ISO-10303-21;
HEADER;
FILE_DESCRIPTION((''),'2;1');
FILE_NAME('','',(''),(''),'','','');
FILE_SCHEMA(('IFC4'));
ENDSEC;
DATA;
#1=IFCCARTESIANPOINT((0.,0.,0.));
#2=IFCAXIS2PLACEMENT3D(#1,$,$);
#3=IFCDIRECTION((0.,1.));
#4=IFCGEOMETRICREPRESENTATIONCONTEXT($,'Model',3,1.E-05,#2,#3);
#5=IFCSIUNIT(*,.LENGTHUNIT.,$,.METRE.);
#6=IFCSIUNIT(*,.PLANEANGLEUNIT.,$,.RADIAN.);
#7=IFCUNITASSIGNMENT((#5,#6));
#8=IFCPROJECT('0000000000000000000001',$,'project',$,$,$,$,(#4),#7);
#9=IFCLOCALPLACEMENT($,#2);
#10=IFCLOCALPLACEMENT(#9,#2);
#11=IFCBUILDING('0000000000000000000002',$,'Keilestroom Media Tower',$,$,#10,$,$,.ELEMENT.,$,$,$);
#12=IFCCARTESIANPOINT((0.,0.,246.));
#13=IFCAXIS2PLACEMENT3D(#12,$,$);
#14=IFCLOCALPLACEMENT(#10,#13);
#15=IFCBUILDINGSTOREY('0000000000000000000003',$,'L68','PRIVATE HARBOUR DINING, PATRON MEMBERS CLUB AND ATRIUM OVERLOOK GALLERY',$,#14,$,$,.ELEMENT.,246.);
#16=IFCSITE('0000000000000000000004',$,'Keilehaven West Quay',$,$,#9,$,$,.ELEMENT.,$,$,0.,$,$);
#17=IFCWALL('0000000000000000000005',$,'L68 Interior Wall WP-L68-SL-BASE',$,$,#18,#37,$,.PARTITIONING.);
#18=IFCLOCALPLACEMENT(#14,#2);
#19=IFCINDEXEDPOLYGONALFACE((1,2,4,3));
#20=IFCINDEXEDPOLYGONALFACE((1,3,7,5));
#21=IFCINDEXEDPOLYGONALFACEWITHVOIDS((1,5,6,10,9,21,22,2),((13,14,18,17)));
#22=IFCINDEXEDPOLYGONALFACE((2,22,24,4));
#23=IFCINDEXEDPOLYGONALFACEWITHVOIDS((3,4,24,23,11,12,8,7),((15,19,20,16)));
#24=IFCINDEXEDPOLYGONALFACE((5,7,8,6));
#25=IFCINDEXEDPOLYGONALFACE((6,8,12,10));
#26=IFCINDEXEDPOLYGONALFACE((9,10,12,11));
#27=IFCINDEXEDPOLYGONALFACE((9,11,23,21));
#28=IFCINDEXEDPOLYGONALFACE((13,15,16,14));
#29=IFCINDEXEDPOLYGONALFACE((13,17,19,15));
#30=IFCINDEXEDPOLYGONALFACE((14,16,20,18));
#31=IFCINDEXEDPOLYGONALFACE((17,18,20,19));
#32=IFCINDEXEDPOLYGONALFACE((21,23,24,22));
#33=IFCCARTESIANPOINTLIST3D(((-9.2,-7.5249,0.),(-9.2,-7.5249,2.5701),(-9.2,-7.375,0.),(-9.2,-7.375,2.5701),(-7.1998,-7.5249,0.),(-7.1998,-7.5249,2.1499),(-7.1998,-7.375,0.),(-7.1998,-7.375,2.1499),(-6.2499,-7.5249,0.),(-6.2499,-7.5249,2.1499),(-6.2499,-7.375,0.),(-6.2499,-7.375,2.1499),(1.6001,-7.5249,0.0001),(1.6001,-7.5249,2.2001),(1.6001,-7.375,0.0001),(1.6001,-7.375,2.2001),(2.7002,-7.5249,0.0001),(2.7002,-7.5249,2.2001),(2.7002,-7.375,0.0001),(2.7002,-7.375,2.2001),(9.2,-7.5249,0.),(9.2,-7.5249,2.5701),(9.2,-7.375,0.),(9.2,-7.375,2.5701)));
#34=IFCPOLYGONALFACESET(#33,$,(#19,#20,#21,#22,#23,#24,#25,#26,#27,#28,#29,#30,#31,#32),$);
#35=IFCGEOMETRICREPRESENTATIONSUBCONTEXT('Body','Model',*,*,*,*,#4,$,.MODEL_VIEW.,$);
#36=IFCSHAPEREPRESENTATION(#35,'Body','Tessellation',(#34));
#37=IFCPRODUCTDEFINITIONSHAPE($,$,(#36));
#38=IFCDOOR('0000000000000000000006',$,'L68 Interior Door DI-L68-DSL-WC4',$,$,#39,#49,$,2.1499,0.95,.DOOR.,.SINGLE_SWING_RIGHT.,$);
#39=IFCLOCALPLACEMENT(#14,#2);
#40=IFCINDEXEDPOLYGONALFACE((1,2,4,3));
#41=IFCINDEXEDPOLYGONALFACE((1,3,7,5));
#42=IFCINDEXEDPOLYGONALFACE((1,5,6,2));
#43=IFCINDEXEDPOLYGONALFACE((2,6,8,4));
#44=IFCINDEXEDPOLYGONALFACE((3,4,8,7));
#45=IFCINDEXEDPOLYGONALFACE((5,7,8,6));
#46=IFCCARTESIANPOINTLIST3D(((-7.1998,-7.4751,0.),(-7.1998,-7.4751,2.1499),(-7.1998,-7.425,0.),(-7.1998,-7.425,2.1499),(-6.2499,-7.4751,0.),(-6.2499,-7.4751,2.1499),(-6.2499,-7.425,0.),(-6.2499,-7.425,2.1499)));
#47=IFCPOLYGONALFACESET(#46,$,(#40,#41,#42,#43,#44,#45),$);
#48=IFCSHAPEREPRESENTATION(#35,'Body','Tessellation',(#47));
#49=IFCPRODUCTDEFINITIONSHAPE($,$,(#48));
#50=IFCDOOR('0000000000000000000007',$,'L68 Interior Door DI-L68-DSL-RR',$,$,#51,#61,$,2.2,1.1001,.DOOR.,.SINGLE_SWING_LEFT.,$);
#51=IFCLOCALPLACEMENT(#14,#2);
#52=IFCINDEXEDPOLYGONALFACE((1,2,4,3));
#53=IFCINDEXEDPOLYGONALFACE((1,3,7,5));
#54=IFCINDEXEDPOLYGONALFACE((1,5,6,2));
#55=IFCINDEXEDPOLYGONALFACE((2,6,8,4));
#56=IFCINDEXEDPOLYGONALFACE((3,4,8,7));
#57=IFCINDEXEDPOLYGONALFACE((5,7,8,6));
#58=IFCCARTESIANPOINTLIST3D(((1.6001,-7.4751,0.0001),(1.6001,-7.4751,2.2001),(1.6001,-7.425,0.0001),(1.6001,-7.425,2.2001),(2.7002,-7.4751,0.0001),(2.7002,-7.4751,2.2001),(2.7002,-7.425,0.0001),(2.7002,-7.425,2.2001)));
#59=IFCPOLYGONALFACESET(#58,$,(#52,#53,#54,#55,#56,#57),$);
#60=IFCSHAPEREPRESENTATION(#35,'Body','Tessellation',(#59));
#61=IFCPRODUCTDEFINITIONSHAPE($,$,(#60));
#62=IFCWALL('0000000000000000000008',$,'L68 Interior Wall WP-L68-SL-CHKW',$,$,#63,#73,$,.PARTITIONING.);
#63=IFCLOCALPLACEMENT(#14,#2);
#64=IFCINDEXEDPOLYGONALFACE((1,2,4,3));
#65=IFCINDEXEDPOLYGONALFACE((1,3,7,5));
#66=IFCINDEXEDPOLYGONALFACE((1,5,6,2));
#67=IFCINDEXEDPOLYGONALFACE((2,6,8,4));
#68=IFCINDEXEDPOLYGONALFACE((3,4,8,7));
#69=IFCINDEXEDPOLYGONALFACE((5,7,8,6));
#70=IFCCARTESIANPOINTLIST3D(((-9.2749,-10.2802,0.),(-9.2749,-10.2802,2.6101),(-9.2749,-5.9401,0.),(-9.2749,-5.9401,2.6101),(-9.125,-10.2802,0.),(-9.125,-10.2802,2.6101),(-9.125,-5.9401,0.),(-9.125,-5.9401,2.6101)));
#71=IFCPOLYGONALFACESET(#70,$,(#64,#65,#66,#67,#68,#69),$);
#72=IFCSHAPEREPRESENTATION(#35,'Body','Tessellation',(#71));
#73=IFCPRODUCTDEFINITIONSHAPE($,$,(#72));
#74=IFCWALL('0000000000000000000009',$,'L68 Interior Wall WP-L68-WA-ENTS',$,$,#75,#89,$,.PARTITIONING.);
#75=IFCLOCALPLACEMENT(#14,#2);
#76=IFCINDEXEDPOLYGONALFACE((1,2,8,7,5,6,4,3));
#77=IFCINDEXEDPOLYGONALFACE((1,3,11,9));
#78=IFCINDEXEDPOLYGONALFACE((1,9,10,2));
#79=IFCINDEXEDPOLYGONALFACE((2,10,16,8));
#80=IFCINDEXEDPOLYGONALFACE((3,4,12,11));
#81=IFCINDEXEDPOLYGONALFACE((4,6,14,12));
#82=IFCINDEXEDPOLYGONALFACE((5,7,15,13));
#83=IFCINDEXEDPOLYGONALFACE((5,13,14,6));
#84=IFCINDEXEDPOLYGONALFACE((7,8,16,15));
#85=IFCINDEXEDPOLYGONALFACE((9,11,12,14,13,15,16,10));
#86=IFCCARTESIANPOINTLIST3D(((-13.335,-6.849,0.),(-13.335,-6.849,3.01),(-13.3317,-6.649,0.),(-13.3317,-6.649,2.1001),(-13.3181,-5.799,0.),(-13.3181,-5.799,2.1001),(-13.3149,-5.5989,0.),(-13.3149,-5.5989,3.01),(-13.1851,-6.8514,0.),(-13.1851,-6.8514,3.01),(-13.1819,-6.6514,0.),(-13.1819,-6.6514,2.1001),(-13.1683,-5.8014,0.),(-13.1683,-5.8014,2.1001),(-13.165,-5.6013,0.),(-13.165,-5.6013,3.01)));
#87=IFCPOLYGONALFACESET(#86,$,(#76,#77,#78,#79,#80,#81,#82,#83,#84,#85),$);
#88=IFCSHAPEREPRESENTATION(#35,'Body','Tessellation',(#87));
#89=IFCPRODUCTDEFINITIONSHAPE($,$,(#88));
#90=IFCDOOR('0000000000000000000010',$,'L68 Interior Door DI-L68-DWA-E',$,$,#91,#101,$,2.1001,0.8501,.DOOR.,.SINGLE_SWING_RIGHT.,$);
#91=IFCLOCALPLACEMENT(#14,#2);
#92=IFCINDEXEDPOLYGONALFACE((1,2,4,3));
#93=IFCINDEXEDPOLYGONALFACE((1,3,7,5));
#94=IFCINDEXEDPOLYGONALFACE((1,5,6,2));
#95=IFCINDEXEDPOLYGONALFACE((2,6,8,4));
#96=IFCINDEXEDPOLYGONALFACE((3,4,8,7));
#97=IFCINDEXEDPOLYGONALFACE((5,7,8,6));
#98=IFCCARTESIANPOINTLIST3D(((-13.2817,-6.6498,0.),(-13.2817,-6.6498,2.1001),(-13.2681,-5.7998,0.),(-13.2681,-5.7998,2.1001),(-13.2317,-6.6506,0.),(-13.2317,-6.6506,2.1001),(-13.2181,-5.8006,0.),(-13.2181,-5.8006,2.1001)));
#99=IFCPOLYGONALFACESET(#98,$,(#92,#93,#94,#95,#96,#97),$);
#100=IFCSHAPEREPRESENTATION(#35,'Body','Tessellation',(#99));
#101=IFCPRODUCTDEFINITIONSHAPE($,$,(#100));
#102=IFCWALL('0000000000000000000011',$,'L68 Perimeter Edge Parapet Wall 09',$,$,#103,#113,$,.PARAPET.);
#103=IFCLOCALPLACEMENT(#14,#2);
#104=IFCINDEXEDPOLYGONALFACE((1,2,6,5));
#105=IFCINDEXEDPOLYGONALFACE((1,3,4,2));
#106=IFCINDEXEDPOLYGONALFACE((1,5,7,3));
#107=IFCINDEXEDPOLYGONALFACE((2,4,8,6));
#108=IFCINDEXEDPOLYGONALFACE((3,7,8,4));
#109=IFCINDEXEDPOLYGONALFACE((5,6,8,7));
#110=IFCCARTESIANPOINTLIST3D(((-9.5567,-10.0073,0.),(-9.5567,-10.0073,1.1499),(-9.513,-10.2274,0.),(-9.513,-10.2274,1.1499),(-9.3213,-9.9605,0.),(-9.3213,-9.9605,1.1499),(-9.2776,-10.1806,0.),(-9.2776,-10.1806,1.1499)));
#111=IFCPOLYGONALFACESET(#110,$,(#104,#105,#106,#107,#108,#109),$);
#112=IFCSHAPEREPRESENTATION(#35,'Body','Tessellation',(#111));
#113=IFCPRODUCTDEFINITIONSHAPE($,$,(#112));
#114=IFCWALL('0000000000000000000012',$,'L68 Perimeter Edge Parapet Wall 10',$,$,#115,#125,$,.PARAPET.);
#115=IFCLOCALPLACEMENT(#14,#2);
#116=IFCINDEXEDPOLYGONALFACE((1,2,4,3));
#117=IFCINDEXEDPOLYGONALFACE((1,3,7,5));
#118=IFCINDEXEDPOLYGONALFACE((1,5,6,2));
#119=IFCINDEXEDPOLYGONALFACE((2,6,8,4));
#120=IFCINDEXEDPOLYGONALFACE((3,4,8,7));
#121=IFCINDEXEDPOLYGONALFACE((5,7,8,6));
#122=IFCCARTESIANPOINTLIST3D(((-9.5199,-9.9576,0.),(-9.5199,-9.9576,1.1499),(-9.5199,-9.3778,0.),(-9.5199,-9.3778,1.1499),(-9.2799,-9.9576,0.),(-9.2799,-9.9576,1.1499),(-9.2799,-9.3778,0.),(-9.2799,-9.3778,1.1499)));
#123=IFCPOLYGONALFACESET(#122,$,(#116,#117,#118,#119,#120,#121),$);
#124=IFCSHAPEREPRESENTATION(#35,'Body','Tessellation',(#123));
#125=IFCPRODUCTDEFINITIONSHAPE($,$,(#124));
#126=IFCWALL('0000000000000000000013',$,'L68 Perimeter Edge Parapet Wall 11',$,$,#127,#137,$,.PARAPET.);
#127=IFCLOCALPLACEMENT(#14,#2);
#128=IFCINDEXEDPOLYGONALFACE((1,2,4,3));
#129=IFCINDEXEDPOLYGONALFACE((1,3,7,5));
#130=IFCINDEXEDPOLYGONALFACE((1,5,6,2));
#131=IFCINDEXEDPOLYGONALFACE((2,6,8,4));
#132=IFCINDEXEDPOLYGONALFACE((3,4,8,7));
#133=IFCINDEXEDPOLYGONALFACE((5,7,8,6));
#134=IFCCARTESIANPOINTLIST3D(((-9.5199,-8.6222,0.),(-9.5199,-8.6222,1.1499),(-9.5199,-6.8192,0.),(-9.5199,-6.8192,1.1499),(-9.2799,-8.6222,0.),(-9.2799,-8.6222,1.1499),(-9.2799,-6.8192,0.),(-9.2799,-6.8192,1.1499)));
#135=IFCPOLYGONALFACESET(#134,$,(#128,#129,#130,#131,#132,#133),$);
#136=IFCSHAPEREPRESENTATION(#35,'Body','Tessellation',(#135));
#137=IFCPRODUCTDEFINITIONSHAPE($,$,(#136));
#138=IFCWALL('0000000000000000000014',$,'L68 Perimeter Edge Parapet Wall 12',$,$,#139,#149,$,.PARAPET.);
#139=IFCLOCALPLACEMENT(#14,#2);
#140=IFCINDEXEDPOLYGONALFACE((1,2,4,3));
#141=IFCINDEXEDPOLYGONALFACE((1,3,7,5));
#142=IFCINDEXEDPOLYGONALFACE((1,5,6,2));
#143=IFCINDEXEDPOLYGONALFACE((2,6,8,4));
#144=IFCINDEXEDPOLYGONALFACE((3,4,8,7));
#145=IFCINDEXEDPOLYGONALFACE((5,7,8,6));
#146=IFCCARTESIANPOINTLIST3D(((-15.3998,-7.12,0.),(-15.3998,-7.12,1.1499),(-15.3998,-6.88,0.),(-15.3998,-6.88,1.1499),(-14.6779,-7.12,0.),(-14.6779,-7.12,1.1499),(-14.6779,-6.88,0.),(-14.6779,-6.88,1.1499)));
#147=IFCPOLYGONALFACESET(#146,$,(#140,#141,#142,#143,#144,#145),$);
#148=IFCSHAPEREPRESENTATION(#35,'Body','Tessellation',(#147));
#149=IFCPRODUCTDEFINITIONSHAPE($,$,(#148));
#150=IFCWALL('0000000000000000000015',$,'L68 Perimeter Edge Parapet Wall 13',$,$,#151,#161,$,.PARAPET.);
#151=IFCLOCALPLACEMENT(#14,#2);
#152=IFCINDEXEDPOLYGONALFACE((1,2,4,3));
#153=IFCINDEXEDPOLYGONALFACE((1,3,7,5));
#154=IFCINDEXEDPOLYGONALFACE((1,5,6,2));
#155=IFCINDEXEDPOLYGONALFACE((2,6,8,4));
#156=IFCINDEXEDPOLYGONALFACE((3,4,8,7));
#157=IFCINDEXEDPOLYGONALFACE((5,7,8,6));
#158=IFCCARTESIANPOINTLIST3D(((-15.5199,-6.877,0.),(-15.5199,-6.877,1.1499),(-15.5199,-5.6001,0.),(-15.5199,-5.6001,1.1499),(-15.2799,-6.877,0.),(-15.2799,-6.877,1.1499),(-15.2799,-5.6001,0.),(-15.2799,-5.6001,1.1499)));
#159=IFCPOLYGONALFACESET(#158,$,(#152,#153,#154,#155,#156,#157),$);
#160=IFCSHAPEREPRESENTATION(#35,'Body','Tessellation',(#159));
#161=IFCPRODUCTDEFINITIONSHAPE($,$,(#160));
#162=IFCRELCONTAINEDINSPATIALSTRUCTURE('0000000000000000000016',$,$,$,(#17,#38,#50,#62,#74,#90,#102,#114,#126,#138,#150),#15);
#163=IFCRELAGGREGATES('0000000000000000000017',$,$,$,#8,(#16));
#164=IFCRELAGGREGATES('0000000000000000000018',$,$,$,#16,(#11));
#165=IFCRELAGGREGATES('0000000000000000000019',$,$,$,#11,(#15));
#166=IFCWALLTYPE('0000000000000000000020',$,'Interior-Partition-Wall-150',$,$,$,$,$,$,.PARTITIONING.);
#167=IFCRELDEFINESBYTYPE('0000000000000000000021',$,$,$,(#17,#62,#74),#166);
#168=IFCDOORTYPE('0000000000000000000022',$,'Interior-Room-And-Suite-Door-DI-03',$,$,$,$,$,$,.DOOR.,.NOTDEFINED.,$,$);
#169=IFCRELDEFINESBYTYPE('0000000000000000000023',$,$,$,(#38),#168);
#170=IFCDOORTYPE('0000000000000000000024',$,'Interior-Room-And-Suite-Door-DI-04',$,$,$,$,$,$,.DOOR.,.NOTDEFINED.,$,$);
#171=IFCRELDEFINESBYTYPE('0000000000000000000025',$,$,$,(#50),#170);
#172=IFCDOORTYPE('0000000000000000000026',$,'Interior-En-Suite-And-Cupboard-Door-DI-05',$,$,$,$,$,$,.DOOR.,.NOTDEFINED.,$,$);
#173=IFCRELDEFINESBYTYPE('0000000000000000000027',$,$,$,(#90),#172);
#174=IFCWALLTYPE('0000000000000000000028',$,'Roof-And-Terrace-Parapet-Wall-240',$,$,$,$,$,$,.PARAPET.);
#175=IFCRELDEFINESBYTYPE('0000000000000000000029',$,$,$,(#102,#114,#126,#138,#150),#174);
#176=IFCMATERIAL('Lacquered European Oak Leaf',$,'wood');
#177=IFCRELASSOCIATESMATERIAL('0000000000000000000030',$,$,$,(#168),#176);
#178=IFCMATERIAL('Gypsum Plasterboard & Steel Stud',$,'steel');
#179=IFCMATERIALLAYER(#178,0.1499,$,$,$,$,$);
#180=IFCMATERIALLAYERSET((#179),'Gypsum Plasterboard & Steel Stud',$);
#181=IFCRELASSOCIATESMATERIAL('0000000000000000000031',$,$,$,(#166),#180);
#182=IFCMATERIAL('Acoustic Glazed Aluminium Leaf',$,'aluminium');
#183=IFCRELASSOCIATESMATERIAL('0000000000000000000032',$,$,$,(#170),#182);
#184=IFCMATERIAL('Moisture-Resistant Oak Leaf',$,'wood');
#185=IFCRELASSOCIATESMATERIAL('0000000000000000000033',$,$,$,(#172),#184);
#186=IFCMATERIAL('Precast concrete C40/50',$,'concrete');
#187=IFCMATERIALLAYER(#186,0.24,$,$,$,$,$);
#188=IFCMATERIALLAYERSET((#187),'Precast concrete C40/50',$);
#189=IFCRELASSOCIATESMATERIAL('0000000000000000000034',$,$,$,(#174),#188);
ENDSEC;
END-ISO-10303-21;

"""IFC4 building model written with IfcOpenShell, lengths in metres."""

from ifc_helpers import new_model, si_unit, direction, frame, frame_2d, origin, place, context, subcontext, project, spatial, rectangle, extrude, source, transform, mapped, material, layer, layer_set, type_object, element, fill, save


model = new_model("IFC4")

# Units and contexts
model_context = context("Model", 3, precision=1e-05, world=origin(), true_north=direction((0.0, 1.0)))
body_context = subcontext(model_context, "Body", "Model", "MODEL_VIEW")
ifc_project = project(units=[si_unit("LENGTHUNIT", "METRE"), si_unit("PLANEANGLEUNIT", "RADIAN")], contexts=[model_context])

# Site, building, storey
site_placement = place(None, origin())
site = spatial("IfcSite", under=ifc_project, at=site_placement, Name="Keilehaven West Quay", CompositionType="ELEMENT", RefElevation=0.0)
building_placement = place(site_placement, origin())
building = spatial("IfcBuilding", under=site, at=building_placement, Name="Keilestroom Media Tower", CompositionType="ELEMENT")
storey_placement = place(building_placement, frame((0.0, 0.0, 246.0)))
storey = spatial("IfcBuildingStorey", under=building, at=storey_placement, Name="L68", Description="PRIVATE HARBOUR DINING, PATRON MEMBERS CLUB AND ATRIUM OVERLOOK GALLERY", CompositionType="ELEMENT", Elevation=246.0)

# Shared definitions
ifc_material_1 = material(Name="Precast concrete C40/50", Category="concrete")

# Shared definitions
ifc_material_2 = material(Name="Gypsum Plasterboard & Steel Stud", Category="steel")
ifc_material_3 = material(Name="Lacquered European Oak Leaf", Category="wood")
door_type_1 = type_object("IfcDoorType", Name="Interior-Room-And-Suite-Door-DI-03", OperationType="NOTDEFINED", PredefinedType="DOOR", material=ifc_material_3)
shared_shape_1 = source(origin(), body_context, "Body", "SweptSolid", [
    extrude(rectangle(XDim=0.95, YDim=2.1499, at=frame_2d((0.4751, 1.075))), frame((0.0, 0.0249, 0.0), z_axis=(0.0, -1.0, 0.0), x_axis=(1.0, 0.0, 0.0)), (0.0, 0.0, 1.0), 0.05),
])

# Wall, openings, doors
ifc_layer_1 = layer(ifc_material_2, 0.1499)
ifc_layer_set_1 = layer_set([ifc_layer_1], Name="Gypsum Plasterboard & Steel Stud")
wall_type_1 = type_object("IfcWallType", Name="Interior-Partition-Wall-150", PredefinedType="PARTITIONING", material=ifc_layer_set_1)
wall_1_placement = place(storey_placement, frame((-9.2, -7.45, 0.0), z_axis=(0.0, 0.0, 1.0), x_axis=(1.0, 0.0, 0.0)))
wall_1 = element("IfcWall", 1, at=wall_1_placement, inside=storey, type_object=wall_type_1, Name="L68 Interior Wall WP-L68-SL-BASE", PredefinedType="PARTITIONING", context=body_context, shape_type="SweptSolid", body=[
    extrude(rectangle(XDim=18.3999, YDim=0.1499, at=frame_2d((9.2, 0.0))), origin(), (0.0, 0.0, 1.0), 2.5701),
])
opening_1_placement = place(wall_1_placement, frame((2.0, 0.0, 0.0)))
opening_1 = element("IfcOpeningElement", 2, at=opening_1_placement, cuts=wall_1, PredefinedType="OPENING", context=body_context, shape_type="SweptSolid", body=[
    extrude(rectangle(XDim=0.95, YDim=2.1499, at=frame_2d((0.4751, 1.075))), frame((0.0, 0.085, 0.0), z_axis=(0.0, -1.0, 0.0), x_axis=(1.0, 0.0, 0.0)), (0.0, 0.0, 1.0), 0.1699),
])
opening_2_placement = place(wall_1_placement, frame((10.8, 0.0, 0.0)))
opening_2 = element("IfcOpeningElement", 3, at=opening_2_placement, cuts=wall_1, PredefinedType="OPENING", context=body_context, shape_type="SweptSolid", body=[
    extrude(rectangle(XDim=1.1001, YDim=2.2, at=frame_2d((0.55, 1.1001))), frame((0.0, 0.085, 0.0), z_axis=(0.0, -1.0, 0.0), x_axis=(1.0, 0.0, 0.0)), (0.0, 0.0, 1.0), 0.1699),
])
door_1_placement = place(opening_1_placement, origin())
door_1 = element("IfcDoor", 4, at=door_1_placement, inside=storey, type_object=door_type_1, Name="L68 Interior Door DI-L68-DSL-WC4", OperationType="SINGLE_SWING_RIGHT", OverallHeight=2.1499, OverallWidth=0.95, PredefinedType="DOOR", context=body_context, shape_type="MappedRepresentation", body=[
    mapped(shared_shape_1, transform((0.0, 0.0, 0.0), x_axis=(1.0, 0.0, 0.0), y_axis=(0.0, 1.0, 0.0), z_axis=(0.0, 0.0, 1.0), scale=1.0)),
])
fill(opening_1, door_1)
ifc_material_4 = material(Name="Acoustic Glazed Aluminium Leaf", Category="aluminium")
door_type_2 = type_object("IfcDoorType", Name="Interior-Room-And-Suite-Door-DI-04", OperationType="NOTDEFINED", PredefinedType="DOOR", material=ifc_material_4)
shared_shape_2 = source(origin(), body_context, "Body", "SweptSolid", [
    extrude(rectangle(XDim=1.1001, YDim=2.2, at=frame_2d((0.55, 1.1001))), frame((0.0, 0.0249, 0.0), z_axis=(0.0, -1.0, 0.0), x_axis=(1.0, 0.0, 0.0)), (0.0, 0.0, 1.0), 0.05),
])
door_2_placement = place(opening_2_placement, origin())
door_2 = element("IfcDoor", 5, at=door_2_placement, inside=storey, type_object=door_type_2, Name="L68 Interior Door DI-L68-DSL-RR", OperationType="SINGLE_SWING_LEFT", OverallHeight=2.2, OverallWidth=1.1001, PredefinedType="DOOR", context=body_context, shape_type="MappedRepresentation", body=[
    mapped(shared_shape_2, transform((0.0, 0.0, 0.0), x_axis=(1.0, 0.0, 0.0), y_axis=(0.0, 1.0, 0.0), z_axis=(0.0, 0.0, 1.0), scale=1.0)),
])
fill(opening_2, door_2)

# Wall
wall_2_placement = place(storey_placement, frame((-9.2, -10.28, 0.0), z_axis=(0.0, 0.0, 1.0), x_axis=(0.0, 1.0, 0.0)))
element("IfcWall", 6, at=wall_2_placement, inside=storey, type_object=wall_type_1, Name="L68 Interior Wall WP-L68-SL-CHKW", PredefinedType="PARTITIONING", context=body_context, shape_type="SweptSolid", body=[
    extrude(rectangle(XDim=4.3401, YDim=0.1499, at=frame_2d((2.1699, 0.0))), origin(), (0.0, 0.0, 1.0), 2.6101),
])

# Wall, opening, door
wall_3_placement = place(storey_placement, frame((-13.26, -6.8501, 0.0), z_axis=(0.0, 0.0, 1.0), x_axis=(0.016014, 0.999872, 0.0)))
wall_3 = element("IfcWall", 7, at=wall_3_placement, inside=storey, type_object=wall_type_1, Name="L68 Interior Wall WP-L68-WA-ENTS", PredefinedType="PARTITIONING", context=body_context, shape_type="SweptSolid", body=[
    extrude(rectangle(XDim=1.2502, YDim=0.1499, at=frame_2d((0.625, 0.0))), origin(), (0.0, 0.0, 1.0), 3.01),
])
opening_3_placement = place(wall_3_placement, frame((0.2, 0.0, 0.0)))
opening_3 = element("IfcOpeningElement", 8, at=opening_3_placement, cuts=wall_3, PredefinedType="OPENING", context=body_context, shape_type="SweptSolid", body=[
    extrude(rectangle(XDim=0.8501, YDim=2.1001, at=frame_2d((0.425, 1.05))), frame((0.0, 0.085, 0.0), z_axis=(0.0, -1.0, 0.0), x_axis=(1.0, 0.0, 0.0)), (0.0, 0.0, 1.0), 0.1699),
])
ifc_material_5 = material(Name="Moisture-Resistant Oak Leaf", Category="wood")
door_type_3 = type_object("IfcDoorType", Name="Interior-En-Suite-And-Cupboard-Door-DI-05", OperationType="NOTDEFINED", PredefinedType="DOOR", material=ifc_material_5)
shared_shape_3 = source(origin(), body_context, "Body", "SweptSolid", [
    extrude(rectangle(XDim=0.8501, YDim=2.1001, at=frame_2d((0.425, 1.05))), frame((0.0, 0.0249, 0.0), z_axis=(0.0, -1.0, 0.0), x_axis=(1.0, 0.0, 0.0)), (0.0, 0.0, 1.0), 0.05),
])
door_3_placement = place(opening_3_placement, origin())
door_3 = element("IfcDoor", 9, at=door_3_placement, inside=storey, type_object=door_type_3, Name="L68 Interior Door DI-L68-DWA-E", OperationType="SINGLE_SWING_RIGHT", OverallHeight=2.1001, OverallWidth=0.8501, PredefinedType="DOOR", context=body_context, shape_type="MappedRepresentation", body=[
    mapped(shared_shape_3, transform((0.0, 0.0, 0.0), x_axis=(1.0, 0.0, 0.0), y_axis=(0.0, 1.0, 0.0), z_axis=(0.0, 0.0, 1.0), scale=1.0)),
])
fill(opening_3, door_3)

# Walls
ifc_layer_2 = layer(ifc_material_1, 0.24)
ifc_layer_set_2 = layer_set([ifc_layer_2], Name="Precast concrete C40/50")
wall_type_2 = type_object("IfcWallType", Name="Roof-And-Terrace-Parapet-Wall-240", PredefinedType="PARAPET", material=ifc_layer_set_2)
wall_4_placement = place(storey_placement, frame((-9.3953, -10.2041, 0.0), z_axis=(0.0, 0.0, 1.0), x_axis=(-0.19486, 0.980831, 0.0)))
element("IfcWall", 10, at=wall_4_placement, inside=storey, type_object=wall_type_2, Name="L68 Perimeter Edge Parapet Wall 09", PredefinedType="PARAPET", context=body_context, shape_type="SweptSolid", body=[
    extrude(rectangle(XDim=0.2244, YDim=0.24, at=frame_2d((0.1123, 0.0))), origin(), (0.0, 0.0, 1.0), 1.1499),
])
wall_5_placement = place(storey_placement, frame((-9.3999, -9.9578, 0.0), z_axis=(0.0, 0.0, 1.0), x_axis=(0.0, 1.0, 0.0)))
element("IfcWall", 11, at=wall_5_placement, inside=storey, type_object=wall_type_2, Name="L68 Perimeter Edge Parapet Wall 10", PredefinedType="PARAPET", context=body_context, shape_type="SweptSolid", body=[
    extrude(rectangle(XDim=0.5798, YDim=0.24, at=frame_2d((0.29, 0.0))), origin(), (0.0, 0.0, 1.0), 1.1499),
])
wall_6_placement = place(storey_placement, frame((-9.3999, -8.6221, 0.0), z_axis=(0.0, 0.0, 1.0), x_axis=(0.0, 1.0, 0.0)))
element("IfcWall", 12, at=wall_6_placement, inside=storey, type_object=wall_type_2, Name="L68 Perimeter Edge Parapet Wall 11", PredefinedType="PARAPET", context=body_context, shape_type="SweptSolid", body=[
    extrude(rectangle(XDim=1.803, YDim=0.24, at=frame_2d((0.9014, 0.0))), origin(), (0.0, 0.0, 1.0), 1.1499),
])
wall_7_placement = place(storey_placement, frame((-14.678, -7.0, 0.0), z_axis=(0.0, 0.0, 1.0), x_axis=(-1.0, 0.0, 0.0)))
element("IfcWall", 13, at=wall_7_placement, inside=storey, type_object=wall_type_2, Name="L68 Perimeter Edge Parapet Wall 12", PredefinedType="PARAPET", context=body_context, shape_type="SweptSolid", body=[
    extrude(rectangle(XDim=0.7219, YDim=0.24, at=frame_2d((0.3608, 0.0))), origin(), (0.0, 0.0, 1.0), 1.1499),
])
wall_8_placement = place(storey_placement, frame((-15.3999, -6.877, 0.0), z_axis=(0.0, 0.0, 1.0), x_axis=(0.0, 1.0, 0.0)))
element("IfcWall", 14, at=wall_8_placement, inside=storey, type_object=wall_type_2, Name="L68 Perimeter Edge Parapet Wall 13", PredefinedType="PARAPET", context=body_context, shape_type="SweptSolid", body=[
    extrude(rectangle(XDim=1.2769, YDim=0.24, at=frame_2d((0.6384, 0.0))), origin(), (0.0, 0.0, 1.0), 1.1499),
])

save(model, "model.ifc")
